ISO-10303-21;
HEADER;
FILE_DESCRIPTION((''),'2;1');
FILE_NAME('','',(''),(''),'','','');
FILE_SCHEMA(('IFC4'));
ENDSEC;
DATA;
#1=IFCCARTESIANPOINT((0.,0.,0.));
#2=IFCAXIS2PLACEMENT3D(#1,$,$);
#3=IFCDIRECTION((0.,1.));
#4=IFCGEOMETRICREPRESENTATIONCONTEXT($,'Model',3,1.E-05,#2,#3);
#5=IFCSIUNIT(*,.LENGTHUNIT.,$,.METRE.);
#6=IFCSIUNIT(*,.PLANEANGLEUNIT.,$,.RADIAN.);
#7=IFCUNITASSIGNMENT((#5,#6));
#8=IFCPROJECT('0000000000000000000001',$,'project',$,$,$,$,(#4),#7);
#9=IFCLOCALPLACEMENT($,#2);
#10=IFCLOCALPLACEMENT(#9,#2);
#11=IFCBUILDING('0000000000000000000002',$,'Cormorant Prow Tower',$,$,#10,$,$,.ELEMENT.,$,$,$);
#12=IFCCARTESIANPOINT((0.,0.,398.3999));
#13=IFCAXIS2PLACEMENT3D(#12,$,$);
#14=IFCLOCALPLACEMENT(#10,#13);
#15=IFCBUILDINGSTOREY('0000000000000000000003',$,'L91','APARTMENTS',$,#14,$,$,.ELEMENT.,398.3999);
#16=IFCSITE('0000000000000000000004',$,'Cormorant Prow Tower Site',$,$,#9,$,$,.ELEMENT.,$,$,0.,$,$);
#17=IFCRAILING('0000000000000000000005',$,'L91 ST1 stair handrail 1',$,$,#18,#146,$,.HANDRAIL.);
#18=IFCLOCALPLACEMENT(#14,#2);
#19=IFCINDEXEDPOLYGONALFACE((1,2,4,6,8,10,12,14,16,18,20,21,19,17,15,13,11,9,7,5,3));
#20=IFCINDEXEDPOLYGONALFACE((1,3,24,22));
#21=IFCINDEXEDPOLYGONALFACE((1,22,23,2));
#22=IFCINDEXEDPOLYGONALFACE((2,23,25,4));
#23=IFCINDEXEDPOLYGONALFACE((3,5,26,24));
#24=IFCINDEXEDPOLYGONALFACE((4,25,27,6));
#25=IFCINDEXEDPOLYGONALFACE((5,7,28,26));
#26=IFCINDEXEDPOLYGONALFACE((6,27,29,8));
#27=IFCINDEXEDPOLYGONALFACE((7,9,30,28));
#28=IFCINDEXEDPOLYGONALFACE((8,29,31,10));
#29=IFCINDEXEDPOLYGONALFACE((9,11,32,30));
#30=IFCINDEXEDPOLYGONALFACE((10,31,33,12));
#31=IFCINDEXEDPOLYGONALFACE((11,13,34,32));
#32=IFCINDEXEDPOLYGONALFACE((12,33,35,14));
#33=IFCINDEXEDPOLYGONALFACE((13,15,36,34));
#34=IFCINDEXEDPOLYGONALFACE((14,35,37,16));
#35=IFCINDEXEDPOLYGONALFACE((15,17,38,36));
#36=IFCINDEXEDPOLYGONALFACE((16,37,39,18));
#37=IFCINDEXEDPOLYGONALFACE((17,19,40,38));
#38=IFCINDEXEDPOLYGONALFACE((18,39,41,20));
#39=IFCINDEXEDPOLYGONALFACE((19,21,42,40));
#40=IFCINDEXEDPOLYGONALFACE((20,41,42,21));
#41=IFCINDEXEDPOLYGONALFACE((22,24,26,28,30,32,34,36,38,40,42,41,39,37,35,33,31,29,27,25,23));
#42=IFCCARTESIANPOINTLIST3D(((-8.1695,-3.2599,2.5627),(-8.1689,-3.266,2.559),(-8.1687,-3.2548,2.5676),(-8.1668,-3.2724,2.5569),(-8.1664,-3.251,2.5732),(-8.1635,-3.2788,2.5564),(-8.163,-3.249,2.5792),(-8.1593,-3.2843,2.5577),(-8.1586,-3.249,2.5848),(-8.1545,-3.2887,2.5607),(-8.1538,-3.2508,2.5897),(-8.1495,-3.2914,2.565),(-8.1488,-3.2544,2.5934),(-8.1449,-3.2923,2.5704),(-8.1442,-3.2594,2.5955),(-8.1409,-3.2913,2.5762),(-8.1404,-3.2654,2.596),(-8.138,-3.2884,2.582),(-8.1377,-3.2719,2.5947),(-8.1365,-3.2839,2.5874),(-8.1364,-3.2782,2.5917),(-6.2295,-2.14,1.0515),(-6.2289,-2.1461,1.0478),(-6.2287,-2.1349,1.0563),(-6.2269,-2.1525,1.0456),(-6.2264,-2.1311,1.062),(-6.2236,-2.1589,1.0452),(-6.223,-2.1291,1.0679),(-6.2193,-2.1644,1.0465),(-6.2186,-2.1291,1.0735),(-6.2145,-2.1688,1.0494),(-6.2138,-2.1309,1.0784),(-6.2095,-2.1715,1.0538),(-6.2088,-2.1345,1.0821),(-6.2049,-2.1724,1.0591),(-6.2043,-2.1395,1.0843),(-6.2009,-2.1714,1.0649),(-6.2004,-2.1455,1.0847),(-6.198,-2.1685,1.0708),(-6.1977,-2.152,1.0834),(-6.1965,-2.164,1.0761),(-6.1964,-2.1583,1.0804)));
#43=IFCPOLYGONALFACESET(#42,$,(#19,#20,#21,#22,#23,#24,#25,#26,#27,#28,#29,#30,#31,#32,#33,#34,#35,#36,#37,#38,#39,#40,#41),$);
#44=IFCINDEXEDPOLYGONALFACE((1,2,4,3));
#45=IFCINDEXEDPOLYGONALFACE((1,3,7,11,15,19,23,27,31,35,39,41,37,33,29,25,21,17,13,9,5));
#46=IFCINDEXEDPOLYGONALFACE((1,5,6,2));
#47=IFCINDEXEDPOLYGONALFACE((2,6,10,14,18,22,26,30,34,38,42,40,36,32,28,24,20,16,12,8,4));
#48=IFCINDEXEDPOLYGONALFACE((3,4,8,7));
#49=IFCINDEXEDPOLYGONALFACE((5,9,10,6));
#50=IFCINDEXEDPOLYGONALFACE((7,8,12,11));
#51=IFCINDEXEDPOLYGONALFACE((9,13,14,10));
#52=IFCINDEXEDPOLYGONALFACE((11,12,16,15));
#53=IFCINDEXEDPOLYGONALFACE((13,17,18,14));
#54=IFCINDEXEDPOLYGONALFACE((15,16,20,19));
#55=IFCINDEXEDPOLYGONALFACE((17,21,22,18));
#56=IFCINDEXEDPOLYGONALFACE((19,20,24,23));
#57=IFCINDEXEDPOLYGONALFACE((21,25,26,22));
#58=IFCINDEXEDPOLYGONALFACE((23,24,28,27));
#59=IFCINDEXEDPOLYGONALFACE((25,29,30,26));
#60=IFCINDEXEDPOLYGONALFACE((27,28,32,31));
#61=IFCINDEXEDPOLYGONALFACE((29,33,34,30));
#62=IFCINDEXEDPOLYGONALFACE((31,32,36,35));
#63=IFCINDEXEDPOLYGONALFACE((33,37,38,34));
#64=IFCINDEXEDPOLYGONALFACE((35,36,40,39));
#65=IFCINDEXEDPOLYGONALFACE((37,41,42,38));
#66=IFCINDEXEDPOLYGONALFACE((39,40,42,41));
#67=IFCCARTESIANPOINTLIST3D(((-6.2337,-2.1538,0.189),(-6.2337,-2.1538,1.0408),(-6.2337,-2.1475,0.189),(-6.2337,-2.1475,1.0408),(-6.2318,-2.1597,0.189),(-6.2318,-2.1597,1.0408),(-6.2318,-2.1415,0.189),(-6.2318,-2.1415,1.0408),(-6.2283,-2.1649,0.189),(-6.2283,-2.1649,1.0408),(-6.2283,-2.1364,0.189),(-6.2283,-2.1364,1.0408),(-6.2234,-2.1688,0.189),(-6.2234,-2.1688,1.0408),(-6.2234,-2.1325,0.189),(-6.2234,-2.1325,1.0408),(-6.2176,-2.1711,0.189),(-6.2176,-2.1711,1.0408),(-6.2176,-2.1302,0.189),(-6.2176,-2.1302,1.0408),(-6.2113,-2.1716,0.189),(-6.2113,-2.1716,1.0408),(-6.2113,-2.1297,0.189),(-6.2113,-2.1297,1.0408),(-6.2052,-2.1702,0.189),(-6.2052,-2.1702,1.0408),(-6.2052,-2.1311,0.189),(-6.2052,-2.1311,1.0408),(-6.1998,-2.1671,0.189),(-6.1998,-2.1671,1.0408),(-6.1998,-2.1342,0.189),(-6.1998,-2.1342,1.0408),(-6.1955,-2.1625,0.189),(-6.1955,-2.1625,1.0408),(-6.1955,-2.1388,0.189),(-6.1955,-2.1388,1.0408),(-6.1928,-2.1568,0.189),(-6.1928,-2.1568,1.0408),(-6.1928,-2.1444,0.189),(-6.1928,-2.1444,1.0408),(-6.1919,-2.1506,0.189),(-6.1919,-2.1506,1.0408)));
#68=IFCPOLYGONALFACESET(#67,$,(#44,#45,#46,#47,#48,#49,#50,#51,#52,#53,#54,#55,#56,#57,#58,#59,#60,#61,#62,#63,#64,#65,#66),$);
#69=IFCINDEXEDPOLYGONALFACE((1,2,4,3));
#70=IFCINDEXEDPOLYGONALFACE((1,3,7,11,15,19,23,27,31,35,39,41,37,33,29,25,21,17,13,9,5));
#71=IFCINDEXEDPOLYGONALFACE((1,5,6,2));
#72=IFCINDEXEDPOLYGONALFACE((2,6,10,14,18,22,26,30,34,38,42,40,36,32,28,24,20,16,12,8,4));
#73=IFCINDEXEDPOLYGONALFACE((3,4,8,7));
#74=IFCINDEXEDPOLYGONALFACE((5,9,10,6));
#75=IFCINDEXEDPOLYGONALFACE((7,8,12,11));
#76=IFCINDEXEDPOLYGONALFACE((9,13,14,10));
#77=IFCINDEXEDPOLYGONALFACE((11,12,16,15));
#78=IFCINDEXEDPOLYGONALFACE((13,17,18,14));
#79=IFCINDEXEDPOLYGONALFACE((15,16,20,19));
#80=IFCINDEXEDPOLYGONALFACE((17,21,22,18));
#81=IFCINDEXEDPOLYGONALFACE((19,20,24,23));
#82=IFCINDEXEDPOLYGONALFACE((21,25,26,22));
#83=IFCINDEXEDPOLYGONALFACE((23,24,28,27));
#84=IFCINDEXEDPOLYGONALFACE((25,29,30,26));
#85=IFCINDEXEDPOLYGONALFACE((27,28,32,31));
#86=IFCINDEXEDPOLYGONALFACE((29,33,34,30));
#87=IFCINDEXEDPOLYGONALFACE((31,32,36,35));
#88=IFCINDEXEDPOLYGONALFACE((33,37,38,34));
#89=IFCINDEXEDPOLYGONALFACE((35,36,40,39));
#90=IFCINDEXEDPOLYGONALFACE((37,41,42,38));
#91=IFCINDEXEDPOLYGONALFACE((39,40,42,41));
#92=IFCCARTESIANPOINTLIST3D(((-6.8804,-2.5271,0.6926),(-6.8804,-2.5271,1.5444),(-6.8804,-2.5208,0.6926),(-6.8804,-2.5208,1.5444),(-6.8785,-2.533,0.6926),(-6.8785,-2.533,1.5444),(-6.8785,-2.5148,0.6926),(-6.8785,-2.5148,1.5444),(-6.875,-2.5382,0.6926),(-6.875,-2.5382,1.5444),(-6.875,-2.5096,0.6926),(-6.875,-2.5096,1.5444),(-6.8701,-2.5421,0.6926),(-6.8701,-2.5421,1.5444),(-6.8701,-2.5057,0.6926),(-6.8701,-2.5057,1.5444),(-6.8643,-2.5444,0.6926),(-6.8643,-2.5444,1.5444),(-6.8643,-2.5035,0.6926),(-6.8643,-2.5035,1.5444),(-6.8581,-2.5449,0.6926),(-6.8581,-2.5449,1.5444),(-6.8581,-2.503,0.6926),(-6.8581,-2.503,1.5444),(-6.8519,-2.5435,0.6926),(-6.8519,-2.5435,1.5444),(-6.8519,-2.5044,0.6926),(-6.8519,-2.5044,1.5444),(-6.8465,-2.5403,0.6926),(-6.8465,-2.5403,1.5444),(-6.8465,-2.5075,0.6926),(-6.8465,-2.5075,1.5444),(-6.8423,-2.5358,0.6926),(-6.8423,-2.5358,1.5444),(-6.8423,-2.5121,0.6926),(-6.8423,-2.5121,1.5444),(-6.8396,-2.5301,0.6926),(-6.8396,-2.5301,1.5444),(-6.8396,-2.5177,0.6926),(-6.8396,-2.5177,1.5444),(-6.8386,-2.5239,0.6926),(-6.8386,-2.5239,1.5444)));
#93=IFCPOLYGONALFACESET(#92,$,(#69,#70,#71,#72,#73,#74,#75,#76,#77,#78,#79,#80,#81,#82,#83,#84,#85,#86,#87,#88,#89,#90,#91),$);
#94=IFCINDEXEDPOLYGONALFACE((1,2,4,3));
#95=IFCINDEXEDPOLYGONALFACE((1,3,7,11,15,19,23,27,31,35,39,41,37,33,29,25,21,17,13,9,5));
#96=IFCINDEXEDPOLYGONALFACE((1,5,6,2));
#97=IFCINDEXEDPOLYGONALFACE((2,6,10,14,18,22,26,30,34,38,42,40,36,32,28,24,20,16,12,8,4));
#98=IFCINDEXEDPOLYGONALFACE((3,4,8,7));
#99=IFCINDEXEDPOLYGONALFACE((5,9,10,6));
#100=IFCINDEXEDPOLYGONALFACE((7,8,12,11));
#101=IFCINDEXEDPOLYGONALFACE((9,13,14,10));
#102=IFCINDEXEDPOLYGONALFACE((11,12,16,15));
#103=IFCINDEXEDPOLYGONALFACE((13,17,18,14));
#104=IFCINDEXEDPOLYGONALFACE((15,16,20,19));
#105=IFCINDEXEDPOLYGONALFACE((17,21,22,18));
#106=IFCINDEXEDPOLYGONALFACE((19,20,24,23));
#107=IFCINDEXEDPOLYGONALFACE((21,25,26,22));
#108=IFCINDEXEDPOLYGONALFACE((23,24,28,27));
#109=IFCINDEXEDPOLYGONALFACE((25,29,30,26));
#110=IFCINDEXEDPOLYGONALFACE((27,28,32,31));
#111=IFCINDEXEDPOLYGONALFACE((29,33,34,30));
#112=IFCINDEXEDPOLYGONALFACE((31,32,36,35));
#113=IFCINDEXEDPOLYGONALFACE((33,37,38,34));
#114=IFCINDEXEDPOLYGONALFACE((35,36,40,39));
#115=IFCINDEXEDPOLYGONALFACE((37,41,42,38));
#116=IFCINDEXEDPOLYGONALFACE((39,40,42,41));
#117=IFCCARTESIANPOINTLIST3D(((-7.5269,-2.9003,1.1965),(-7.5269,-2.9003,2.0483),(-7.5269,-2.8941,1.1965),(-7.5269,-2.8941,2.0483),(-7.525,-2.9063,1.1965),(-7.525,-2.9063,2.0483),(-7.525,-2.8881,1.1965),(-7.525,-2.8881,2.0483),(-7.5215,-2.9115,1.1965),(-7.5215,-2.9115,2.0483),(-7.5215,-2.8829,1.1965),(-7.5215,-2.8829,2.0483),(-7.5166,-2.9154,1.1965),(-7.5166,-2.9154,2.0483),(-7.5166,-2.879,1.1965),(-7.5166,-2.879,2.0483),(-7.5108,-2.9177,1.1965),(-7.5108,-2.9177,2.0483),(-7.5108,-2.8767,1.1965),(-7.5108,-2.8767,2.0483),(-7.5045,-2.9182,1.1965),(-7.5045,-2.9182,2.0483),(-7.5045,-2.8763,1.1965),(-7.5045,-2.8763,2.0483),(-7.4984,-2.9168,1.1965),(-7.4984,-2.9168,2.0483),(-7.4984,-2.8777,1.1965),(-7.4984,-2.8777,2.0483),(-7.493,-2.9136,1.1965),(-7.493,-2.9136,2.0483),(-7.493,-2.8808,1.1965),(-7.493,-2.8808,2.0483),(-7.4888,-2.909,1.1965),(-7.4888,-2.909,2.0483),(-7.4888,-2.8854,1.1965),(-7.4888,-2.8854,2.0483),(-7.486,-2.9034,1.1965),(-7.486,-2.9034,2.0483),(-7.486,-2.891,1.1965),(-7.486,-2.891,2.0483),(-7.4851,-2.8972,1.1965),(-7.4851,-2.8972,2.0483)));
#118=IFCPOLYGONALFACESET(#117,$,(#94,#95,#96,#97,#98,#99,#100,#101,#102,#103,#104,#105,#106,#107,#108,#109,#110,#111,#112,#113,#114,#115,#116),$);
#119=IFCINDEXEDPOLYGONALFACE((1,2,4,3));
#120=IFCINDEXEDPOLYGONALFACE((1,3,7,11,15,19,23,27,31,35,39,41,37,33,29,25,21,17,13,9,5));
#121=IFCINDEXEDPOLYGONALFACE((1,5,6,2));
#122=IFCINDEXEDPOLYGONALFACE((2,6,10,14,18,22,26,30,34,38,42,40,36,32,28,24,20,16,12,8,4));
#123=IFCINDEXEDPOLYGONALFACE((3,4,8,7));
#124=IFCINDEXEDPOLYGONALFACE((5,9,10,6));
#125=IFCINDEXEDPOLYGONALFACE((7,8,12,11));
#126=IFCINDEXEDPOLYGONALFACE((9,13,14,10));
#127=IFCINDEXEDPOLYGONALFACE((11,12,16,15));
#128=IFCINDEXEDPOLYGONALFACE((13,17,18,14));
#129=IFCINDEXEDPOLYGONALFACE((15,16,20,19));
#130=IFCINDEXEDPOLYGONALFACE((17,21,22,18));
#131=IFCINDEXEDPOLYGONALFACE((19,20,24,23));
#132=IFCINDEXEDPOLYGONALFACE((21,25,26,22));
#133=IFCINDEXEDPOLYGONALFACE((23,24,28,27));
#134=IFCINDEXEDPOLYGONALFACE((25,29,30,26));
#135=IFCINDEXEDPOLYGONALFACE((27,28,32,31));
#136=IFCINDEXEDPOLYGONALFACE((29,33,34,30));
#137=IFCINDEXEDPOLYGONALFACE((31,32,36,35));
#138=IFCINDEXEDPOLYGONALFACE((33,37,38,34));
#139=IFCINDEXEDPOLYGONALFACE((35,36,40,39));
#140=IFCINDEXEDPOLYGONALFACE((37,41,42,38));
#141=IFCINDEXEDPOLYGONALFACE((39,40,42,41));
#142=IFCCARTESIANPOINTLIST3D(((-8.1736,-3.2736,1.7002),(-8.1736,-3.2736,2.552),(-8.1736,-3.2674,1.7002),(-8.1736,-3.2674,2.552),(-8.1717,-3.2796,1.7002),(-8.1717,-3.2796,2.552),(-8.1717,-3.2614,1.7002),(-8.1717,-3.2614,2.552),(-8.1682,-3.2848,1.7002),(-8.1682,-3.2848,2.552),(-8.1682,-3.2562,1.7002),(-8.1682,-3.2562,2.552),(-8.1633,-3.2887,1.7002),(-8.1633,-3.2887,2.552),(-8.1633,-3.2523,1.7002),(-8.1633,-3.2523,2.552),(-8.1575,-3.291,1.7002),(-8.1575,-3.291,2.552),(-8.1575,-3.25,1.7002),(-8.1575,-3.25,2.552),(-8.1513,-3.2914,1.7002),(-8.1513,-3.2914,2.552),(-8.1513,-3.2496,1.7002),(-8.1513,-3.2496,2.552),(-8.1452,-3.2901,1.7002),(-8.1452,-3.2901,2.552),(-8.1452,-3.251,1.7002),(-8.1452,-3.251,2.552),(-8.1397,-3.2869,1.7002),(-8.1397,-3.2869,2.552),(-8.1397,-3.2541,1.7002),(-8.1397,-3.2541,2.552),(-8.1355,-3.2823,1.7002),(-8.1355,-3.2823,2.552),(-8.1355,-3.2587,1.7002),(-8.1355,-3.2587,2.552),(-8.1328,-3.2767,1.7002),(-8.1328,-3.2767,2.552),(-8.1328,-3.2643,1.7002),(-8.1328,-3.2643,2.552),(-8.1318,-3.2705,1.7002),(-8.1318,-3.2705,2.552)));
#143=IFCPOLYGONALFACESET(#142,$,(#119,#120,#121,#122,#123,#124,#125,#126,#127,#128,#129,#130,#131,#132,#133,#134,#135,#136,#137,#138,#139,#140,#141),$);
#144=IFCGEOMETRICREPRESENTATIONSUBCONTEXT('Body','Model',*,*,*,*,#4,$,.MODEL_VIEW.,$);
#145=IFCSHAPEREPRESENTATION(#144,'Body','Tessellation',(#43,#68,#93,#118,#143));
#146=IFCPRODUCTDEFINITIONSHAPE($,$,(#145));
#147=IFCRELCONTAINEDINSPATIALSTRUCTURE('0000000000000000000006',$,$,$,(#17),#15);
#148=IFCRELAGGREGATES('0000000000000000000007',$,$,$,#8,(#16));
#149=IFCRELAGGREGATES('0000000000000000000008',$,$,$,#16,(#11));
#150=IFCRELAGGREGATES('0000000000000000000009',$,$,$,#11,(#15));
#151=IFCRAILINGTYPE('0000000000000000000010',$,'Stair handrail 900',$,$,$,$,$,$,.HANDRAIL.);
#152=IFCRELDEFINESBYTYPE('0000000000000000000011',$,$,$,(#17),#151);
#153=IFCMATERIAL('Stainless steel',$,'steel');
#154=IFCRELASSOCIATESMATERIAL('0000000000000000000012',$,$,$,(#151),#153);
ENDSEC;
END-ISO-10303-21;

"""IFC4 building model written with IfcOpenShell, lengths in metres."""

from ifc_helpers import new_model, si_unit, direction, frame, origin, origin_2d, place, context, subcontext, project, spatial, circle, extrude, material, type_object, element, save


model = new_model("IFC4")

# Units and contexts
model_context = context("Model", 3, precision=1e-05, world=origin(), true_north=direction((0.0, 1.0)))
body_context = subcontext(model_context, "Body", "Model", "MODEL_VIEW")
ifc_project = project(units=[si_unit("LENGTHUNIT", "METRE"), si_unit("PLANEANGLEUNIT", "RADIAN")], contexts=[model_context])

# Site, building, storey
site_placement = place(None, origin())
site = spatial("IfcSite", under=ifc_project, at=site_placement, Name="Cormorant Prow Tower Site", CompositionType="ELEMENT", RefElevation=0.0)
building_placement = place(site_placement, origin())
building = spatial("IfcBuilding", under=site, at=building_placement, Name="Cormorant Prow Tower", CompositionType="ELEMENT")
storey_placement = place(building_placement, frame((0.0, 0.0, 398.3999)))
storey = spatial("IfcBuildingStorey", under=building, at=storey_placement, Name="L91", Description="APARTMENTS", CompositionType="ELEMENT", Elevation=398.3999)

# Railing
ifc_material_1 = material(Name="Stainless steel", Category="steel")
railing_type = type_object("IfcRailingType", Name="Stair handrail 900", PredefinedType="HANDRAIL", material=ifc_material_1)
railing_placement = place(storey_placement, frame((-6.2129, -2.1506, 0.189)))
element("IfcRailing", 1, at=railing_placement, inside=storey, type_object=railing_type, Name="L91 ST1 stair handrail 1", PredefinedType="HANDRAIL", context=body_context, shape_type="SweptSolid", body=[
    extrude(circle(Radius=0.0239, at=origin_2d()), frame((0.0, 0.0, 0.876), z_axis=(-0.71794, -0.414447, 0.559281), x_axis=(0.499949, -0.866055, 0.0)), (0.0, 0.0, 1.0), 2.7021),
    extrude(circle(Radius=0.021, at=origin_2d()), origin(), (0.0, 0.0, 1.0), 0.8518),
    extrude(circle(Radius=0.021, at=origin_2d()), frame((-0.6467, -0.3733, 0.5037)), (0.0, 0.0, 1.0), 0.8518),
    extrude(circle(Radius=0.021, at=origin_2d()), frame((-1.2932, -0.7466, 1.0076)), (0.0, 0.0, 1.0), 0.8518),
    extrude(circle(Radius=0.021, at=origin_2d()), frame((-1.9399, -1.1199, 1.5112)), (0.0, 0.0, 1.0), 0.8518),
])

save(model, "model.ifc")
